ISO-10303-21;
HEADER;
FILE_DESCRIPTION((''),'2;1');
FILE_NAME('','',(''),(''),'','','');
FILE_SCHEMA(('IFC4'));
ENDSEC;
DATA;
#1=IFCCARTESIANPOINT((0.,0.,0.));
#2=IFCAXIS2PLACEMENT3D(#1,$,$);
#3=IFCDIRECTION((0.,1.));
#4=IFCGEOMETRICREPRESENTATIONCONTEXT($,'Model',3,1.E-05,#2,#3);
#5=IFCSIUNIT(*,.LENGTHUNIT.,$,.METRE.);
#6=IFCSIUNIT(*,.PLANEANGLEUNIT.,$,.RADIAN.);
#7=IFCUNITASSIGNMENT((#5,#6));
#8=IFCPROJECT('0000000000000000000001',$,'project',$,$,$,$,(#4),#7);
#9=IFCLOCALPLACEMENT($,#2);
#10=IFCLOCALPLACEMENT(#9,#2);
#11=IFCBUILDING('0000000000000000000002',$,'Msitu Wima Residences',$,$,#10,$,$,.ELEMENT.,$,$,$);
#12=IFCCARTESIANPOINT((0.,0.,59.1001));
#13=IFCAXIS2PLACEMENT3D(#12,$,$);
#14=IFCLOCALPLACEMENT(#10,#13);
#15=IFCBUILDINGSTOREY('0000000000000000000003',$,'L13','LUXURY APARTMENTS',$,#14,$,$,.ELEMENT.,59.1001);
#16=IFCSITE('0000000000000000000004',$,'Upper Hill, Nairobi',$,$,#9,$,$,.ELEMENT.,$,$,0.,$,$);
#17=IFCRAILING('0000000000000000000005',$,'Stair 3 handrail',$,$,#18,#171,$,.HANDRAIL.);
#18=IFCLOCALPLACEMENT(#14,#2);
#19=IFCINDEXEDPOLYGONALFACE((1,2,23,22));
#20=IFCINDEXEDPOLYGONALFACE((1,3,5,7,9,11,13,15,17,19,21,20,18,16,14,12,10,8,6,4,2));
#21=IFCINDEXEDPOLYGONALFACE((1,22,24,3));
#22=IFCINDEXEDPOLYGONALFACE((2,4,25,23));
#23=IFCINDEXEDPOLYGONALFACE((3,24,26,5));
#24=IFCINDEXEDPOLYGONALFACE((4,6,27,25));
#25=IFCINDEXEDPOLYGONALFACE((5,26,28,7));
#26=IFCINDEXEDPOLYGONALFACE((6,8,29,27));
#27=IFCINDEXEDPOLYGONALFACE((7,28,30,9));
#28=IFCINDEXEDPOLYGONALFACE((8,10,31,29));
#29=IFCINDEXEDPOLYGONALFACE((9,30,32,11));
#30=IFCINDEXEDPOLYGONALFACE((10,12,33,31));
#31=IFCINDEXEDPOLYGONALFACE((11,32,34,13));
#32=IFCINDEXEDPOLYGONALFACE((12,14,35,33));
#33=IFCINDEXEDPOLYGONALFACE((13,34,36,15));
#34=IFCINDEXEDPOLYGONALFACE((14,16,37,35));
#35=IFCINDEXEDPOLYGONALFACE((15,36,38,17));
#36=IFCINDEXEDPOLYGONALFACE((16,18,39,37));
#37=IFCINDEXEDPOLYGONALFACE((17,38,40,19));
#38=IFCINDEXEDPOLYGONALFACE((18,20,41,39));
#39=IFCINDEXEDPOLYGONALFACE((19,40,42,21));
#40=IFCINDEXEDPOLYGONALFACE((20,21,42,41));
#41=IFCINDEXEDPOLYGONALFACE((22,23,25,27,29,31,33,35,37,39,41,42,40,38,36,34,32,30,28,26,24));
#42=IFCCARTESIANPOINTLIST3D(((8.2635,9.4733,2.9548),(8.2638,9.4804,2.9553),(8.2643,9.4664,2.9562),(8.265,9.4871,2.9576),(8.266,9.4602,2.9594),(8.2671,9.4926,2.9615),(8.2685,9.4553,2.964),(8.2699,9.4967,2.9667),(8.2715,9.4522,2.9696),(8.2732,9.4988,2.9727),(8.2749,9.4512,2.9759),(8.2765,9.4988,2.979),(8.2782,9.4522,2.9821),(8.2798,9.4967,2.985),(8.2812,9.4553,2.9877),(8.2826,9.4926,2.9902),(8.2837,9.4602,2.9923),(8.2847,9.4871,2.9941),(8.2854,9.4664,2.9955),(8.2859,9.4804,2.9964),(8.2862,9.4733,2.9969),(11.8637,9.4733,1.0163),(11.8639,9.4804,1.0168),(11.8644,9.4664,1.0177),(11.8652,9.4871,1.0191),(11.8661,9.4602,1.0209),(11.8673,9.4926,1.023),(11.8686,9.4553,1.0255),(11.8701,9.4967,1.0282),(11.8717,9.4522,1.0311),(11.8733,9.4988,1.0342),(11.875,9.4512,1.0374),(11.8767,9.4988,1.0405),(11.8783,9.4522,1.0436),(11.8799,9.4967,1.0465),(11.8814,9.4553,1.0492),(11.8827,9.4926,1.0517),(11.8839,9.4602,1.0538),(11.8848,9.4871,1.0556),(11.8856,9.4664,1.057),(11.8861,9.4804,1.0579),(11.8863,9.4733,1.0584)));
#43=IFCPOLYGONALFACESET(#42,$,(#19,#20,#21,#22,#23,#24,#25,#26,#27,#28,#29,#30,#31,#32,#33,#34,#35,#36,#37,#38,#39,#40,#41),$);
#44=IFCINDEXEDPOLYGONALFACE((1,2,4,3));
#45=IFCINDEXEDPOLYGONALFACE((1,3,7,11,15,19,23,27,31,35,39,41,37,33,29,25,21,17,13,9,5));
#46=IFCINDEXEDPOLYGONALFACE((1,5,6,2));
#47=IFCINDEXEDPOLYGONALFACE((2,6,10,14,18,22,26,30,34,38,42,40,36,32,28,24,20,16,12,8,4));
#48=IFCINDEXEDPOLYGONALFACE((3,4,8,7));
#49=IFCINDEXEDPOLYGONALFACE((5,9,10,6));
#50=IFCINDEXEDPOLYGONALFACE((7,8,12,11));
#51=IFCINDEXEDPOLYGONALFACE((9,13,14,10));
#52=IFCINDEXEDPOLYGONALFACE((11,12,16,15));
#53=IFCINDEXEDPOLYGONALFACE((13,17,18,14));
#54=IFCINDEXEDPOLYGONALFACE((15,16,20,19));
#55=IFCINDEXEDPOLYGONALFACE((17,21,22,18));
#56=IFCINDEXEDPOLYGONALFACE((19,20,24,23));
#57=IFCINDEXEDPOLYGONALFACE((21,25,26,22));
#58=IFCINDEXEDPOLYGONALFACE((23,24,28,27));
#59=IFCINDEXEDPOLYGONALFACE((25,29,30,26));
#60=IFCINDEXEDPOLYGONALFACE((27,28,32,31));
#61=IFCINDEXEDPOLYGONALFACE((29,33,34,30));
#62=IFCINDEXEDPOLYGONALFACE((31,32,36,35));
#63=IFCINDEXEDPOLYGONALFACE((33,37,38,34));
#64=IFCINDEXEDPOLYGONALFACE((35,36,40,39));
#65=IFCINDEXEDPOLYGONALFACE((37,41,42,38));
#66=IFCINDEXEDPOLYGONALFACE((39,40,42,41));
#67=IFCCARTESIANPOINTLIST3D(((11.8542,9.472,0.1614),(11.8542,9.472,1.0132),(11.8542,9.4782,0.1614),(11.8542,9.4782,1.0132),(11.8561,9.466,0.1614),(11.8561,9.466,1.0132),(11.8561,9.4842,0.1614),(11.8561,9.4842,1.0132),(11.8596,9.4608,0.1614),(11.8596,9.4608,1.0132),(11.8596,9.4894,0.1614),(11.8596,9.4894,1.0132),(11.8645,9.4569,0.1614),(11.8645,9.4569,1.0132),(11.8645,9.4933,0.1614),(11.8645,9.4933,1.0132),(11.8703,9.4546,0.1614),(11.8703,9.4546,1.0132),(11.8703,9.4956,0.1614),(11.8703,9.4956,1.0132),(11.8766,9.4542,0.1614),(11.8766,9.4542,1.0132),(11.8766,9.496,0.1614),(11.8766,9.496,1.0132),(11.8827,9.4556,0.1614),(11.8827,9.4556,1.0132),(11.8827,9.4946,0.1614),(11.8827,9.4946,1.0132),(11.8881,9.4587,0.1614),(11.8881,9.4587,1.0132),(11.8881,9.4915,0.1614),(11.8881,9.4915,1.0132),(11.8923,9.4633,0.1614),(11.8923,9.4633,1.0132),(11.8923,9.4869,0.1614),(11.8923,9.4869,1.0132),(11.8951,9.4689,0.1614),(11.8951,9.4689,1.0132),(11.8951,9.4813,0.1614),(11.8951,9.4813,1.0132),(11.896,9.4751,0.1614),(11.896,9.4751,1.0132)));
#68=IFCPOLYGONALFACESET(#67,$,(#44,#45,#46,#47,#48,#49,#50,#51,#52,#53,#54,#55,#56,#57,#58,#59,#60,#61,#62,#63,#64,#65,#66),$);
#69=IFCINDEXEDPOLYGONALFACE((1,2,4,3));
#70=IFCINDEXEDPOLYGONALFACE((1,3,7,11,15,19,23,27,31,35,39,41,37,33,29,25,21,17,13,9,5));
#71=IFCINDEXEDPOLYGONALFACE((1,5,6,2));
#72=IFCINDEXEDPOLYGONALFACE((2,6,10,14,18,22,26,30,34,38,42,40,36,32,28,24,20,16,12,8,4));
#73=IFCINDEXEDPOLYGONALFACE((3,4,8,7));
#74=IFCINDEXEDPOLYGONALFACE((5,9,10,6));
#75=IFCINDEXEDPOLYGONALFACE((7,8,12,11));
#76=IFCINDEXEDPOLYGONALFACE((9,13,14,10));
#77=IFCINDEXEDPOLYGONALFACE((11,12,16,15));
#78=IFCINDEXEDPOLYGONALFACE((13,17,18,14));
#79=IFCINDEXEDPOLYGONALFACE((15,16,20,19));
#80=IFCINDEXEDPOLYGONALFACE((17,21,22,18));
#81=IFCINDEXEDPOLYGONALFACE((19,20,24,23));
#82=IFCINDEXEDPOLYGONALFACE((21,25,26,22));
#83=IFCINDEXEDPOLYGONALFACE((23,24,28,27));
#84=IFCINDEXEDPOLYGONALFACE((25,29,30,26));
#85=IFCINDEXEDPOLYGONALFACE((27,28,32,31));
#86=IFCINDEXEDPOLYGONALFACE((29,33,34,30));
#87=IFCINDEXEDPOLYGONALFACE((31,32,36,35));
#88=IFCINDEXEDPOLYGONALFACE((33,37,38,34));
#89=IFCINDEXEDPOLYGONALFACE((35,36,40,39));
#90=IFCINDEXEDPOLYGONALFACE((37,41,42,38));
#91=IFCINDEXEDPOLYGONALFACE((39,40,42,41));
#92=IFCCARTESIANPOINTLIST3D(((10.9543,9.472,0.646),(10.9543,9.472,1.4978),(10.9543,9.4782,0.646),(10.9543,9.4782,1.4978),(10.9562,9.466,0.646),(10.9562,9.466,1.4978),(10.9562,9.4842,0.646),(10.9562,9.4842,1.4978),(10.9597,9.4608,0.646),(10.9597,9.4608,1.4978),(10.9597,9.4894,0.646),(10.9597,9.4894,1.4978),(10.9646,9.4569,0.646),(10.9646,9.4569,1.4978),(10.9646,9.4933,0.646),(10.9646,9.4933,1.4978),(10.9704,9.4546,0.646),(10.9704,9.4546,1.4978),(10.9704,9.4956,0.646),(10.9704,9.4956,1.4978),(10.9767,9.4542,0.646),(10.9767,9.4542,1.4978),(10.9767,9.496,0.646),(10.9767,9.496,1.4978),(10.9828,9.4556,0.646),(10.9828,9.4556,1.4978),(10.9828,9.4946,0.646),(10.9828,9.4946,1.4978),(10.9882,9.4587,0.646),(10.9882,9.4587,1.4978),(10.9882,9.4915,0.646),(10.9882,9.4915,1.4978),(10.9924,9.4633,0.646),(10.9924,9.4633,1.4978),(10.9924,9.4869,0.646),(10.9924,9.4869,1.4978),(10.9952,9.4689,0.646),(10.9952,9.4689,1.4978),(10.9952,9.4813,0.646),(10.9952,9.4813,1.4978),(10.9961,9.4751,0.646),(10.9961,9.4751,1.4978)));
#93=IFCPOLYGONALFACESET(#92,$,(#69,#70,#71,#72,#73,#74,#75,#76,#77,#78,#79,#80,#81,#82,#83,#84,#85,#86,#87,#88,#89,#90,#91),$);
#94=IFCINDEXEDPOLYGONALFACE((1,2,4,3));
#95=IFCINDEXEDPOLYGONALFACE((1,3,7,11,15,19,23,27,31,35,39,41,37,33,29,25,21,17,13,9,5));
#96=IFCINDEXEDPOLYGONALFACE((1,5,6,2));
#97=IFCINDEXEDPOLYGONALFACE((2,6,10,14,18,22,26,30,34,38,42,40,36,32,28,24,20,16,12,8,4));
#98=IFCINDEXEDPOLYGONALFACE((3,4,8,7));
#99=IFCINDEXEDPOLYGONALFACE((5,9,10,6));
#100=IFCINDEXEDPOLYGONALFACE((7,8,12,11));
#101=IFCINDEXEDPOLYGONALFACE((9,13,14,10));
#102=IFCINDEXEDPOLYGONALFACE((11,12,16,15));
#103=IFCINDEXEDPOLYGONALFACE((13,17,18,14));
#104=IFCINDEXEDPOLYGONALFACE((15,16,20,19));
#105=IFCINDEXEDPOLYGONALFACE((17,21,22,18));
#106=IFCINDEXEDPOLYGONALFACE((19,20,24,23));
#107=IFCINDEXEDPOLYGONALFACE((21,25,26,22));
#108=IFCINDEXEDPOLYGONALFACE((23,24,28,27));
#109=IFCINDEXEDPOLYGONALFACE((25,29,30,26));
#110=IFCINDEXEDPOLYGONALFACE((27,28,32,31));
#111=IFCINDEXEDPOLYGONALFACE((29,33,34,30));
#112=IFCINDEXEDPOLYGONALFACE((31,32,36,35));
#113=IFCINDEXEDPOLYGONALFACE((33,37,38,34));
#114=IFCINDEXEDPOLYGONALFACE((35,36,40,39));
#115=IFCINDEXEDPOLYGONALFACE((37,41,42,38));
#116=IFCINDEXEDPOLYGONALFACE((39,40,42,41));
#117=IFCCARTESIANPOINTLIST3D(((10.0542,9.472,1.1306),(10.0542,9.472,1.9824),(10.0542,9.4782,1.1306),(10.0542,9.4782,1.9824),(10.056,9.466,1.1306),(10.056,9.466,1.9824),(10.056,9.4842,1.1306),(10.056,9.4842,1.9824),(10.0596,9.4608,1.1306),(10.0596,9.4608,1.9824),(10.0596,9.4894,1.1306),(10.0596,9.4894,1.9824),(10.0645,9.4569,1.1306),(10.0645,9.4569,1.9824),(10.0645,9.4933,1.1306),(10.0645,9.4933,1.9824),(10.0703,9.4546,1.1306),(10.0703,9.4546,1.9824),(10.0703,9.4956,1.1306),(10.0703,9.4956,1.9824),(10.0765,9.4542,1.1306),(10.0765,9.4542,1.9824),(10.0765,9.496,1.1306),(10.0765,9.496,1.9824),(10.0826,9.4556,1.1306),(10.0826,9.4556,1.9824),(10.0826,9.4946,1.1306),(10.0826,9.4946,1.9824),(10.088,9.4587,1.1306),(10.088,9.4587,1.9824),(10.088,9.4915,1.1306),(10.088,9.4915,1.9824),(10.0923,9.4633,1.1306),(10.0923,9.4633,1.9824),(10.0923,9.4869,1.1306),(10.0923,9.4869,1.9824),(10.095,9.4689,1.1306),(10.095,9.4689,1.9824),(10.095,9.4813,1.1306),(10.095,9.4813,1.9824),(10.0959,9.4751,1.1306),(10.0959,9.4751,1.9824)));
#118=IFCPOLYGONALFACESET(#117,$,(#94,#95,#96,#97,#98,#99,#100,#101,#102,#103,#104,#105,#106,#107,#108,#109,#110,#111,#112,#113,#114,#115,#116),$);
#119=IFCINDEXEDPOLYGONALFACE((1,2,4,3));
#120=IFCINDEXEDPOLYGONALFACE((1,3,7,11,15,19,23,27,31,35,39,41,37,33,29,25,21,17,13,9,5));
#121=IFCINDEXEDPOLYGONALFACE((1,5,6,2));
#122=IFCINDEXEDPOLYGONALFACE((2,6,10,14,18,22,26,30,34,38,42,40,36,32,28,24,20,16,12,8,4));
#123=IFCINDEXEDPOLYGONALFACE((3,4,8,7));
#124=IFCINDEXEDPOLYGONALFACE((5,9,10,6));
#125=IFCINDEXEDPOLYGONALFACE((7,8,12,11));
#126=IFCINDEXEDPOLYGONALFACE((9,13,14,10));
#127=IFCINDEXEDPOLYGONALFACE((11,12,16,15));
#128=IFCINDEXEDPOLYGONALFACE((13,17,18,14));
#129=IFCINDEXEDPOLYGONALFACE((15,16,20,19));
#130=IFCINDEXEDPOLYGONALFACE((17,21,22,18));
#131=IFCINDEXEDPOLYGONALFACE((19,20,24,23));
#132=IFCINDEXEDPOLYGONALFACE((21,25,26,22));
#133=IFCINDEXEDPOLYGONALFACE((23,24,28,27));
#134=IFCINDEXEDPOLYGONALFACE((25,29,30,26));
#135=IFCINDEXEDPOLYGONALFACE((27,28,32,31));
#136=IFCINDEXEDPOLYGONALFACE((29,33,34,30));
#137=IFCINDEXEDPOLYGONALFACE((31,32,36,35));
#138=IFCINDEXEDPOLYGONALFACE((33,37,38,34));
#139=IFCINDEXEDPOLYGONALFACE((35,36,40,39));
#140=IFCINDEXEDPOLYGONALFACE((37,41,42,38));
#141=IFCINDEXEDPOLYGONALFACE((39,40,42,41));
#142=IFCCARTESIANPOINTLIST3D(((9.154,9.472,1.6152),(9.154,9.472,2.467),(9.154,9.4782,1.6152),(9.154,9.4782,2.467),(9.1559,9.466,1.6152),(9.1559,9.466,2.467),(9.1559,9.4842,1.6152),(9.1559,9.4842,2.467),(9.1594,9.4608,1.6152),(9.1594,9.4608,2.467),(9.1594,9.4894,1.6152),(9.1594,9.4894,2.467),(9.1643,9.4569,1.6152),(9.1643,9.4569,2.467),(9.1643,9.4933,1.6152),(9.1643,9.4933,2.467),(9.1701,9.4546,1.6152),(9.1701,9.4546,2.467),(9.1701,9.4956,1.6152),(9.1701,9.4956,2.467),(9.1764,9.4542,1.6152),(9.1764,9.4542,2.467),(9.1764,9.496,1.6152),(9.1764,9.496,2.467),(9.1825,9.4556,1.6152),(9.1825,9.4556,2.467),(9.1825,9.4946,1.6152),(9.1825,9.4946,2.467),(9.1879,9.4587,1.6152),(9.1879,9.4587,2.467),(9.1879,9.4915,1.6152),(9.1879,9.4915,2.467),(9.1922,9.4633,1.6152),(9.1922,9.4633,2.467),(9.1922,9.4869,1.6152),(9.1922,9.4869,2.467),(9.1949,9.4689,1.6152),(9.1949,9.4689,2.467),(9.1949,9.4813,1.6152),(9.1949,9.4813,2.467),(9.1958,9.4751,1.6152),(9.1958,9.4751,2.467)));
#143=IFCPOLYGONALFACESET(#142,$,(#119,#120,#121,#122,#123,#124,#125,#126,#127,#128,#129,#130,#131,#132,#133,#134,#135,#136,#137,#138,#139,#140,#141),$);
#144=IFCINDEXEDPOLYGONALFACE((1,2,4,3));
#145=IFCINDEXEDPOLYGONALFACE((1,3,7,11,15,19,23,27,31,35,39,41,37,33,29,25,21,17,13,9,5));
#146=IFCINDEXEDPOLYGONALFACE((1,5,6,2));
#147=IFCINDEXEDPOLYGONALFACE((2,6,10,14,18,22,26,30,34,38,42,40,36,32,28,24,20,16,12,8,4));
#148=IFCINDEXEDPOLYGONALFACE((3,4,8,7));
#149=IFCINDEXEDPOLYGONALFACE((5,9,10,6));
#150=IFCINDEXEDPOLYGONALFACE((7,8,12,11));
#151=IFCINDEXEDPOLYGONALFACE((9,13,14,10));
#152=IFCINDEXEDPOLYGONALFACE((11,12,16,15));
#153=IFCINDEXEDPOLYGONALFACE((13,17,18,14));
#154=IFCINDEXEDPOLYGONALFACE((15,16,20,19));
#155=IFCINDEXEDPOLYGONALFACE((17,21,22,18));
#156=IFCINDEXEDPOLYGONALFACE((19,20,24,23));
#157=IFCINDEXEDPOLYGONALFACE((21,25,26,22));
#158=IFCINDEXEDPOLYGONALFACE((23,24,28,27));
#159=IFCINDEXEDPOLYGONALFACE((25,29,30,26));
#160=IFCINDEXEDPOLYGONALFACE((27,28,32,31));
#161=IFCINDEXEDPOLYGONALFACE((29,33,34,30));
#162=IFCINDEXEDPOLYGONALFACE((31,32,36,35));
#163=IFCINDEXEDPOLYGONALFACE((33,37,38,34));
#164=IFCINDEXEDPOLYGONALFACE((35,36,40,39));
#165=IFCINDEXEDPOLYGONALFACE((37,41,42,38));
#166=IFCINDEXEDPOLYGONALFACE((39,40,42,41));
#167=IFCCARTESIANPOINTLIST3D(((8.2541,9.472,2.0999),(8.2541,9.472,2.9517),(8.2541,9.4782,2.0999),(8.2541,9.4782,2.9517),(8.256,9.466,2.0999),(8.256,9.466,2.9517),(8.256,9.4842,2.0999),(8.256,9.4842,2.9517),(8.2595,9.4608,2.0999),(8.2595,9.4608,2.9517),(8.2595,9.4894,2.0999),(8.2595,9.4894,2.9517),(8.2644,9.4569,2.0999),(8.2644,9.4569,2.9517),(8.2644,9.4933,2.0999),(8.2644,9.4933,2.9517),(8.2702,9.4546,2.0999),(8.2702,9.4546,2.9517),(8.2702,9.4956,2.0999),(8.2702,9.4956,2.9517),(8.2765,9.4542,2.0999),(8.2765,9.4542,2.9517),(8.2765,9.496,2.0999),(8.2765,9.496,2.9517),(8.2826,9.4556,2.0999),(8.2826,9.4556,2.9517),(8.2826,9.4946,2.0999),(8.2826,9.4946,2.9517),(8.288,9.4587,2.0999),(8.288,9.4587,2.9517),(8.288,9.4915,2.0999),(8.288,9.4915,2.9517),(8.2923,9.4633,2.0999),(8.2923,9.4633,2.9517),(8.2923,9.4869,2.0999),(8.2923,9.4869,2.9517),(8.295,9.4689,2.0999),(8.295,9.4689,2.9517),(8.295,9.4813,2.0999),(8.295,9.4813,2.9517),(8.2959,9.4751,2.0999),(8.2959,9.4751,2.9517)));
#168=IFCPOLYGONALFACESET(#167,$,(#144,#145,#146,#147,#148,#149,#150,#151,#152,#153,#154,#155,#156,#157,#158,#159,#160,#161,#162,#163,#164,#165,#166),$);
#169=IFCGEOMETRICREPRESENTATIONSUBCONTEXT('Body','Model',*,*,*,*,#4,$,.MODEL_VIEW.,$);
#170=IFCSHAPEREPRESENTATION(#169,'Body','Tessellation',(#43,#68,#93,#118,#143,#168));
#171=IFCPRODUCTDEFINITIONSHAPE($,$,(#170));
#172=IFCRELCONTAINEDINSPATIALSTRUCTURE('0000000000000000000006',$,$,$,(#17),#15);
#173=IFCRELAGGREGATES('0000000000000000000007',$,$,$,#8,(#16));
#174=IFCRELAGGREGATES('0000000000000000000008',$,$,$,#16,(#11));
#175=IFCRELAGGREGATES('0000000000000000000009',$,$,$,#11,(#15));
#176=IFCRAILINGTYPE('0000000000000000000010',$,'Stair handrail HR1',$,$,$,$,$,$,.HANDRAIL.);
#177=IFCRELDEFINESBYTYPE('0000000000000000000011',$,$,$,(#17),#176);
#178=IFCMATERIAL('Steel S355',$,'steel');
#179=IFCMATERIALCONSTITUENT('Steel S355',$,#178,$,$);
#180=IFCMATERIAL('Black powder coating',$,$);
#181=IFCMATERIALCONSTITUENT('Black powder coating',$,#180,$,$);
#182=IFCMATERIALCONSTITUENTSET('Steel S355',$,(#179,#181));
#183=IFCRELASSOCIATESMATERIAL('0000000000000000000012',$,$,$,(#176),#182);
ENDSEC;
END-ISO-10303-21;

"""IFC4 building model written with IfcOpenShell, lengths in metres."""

from ifc_helpers import new_model, si_unit, direction, frame, origin, origin_2d, place, context, subcontext, project, spatial, circle, extrude, material, constituent, constituent_set, type_object, element, save


model = new_model("IFC4")

# Units and contexts
model_context = context("Model", 3, precision=1e-05, world=origin(), true_north=direction((0.0, 1.0)))
body_context = subcontext(model_context, "Body", "Model", "MODEL_VIEW")
ifc_project = project(units=[si_unit("LENGTHUNIT", "METRE"), si_unit("PLANEANGLEUNIT", "RADIAN")], contexts=[model_context])

# Site, building, storey
site_placement = place(None, origin())
site = spatial("IfcSite", under=ifc_project, at=site_placement, Name="Upper Hill, Nairobi", CompositionType="ELEMENT", RefElevation=0.0)
building_placement = place(site_placement, origin())
building = spatial("IfcBuilding", under=site, at=building_placement, Name="Msitu Wima Residences", CompositionType="ELEMENT")
storey_placement = place(building_placement, frame((0.0, 0.0, 59.1001)))
storey = spatial("IfcBuildingStorey", under=building, at=storey_placement, Name="L13", Description="LUXURY APARTMENTS", CompositionType="ELEMENT", Elevation=59.1001)

# Railing
ifc_material_1 = material(Name="Steel S355", Category="steel")
ifc_constituent_1 = constituent(ifc_material_1, Name="Steel S355")
ifc_material_2 = material(Name="Black powder coating")
ifc_constituent_2 = constituent(ifc_material_2, Name="Black powder coating")
ifc_constituent_set = constituent_set(constituents=[ifc_constituent_1, ifc_constituent_2], Name="Steel S355")
railing_type = type_object("IfcRailingType", Name="Stair handrail HR1", PredefinedType="HANDRAIL", material=ifc_constituent_set)
railing_placement = place(storey_placement, frame((11.875, 9.4751, 0.1614)))
element("IfcRailing", 1, at=railing_placement, inside=storey, type_object=railing_type, Name="Stair 3 handrail", PredefinedType="HANDRAIL", context=body_context, shape_type="SweptSolid", body=[
    extrude(circle(Radius=0.0239, at=origin_2d()), frame((0.0, 0.0, 0.876), z_axis=(-0.880475, 0.0, 0.474093), x_axis=(0.0, -1.0, 0.0)), (0.0, 0.0, 1.0), 4.0889),
    extrude(circle(Radius=0.021, at=origin_2d()), origin(), (0.0, 0.0, 1.0), 0.8518),
    extrude(circle(Radius=0.021, at=origin_2d()), frame((-0.8999, 0.0, 0.4846)), (0.0, 0.0, 1.0), 0.8518),
    extrude(circle(Radius=0.021, at=origin_2d()), frame((-1.8, 0.0, 0.9692)), (0.0, 0.0, 1.0), 0.8518),
    extrude(circle(Radius=0.021, at=origin_2d()), frame((-2.7002, 0.0, 1.4539)), (0.0, 0.0, 1.0), 0.8518),
    extrude(circle(Radius=0.021, at=origin_2d()), frame((-3.6001, 0.0, 1.9385)), (0.0, 0.0, 1.0), 0.8518),
])

save(model, "model.ifc")
